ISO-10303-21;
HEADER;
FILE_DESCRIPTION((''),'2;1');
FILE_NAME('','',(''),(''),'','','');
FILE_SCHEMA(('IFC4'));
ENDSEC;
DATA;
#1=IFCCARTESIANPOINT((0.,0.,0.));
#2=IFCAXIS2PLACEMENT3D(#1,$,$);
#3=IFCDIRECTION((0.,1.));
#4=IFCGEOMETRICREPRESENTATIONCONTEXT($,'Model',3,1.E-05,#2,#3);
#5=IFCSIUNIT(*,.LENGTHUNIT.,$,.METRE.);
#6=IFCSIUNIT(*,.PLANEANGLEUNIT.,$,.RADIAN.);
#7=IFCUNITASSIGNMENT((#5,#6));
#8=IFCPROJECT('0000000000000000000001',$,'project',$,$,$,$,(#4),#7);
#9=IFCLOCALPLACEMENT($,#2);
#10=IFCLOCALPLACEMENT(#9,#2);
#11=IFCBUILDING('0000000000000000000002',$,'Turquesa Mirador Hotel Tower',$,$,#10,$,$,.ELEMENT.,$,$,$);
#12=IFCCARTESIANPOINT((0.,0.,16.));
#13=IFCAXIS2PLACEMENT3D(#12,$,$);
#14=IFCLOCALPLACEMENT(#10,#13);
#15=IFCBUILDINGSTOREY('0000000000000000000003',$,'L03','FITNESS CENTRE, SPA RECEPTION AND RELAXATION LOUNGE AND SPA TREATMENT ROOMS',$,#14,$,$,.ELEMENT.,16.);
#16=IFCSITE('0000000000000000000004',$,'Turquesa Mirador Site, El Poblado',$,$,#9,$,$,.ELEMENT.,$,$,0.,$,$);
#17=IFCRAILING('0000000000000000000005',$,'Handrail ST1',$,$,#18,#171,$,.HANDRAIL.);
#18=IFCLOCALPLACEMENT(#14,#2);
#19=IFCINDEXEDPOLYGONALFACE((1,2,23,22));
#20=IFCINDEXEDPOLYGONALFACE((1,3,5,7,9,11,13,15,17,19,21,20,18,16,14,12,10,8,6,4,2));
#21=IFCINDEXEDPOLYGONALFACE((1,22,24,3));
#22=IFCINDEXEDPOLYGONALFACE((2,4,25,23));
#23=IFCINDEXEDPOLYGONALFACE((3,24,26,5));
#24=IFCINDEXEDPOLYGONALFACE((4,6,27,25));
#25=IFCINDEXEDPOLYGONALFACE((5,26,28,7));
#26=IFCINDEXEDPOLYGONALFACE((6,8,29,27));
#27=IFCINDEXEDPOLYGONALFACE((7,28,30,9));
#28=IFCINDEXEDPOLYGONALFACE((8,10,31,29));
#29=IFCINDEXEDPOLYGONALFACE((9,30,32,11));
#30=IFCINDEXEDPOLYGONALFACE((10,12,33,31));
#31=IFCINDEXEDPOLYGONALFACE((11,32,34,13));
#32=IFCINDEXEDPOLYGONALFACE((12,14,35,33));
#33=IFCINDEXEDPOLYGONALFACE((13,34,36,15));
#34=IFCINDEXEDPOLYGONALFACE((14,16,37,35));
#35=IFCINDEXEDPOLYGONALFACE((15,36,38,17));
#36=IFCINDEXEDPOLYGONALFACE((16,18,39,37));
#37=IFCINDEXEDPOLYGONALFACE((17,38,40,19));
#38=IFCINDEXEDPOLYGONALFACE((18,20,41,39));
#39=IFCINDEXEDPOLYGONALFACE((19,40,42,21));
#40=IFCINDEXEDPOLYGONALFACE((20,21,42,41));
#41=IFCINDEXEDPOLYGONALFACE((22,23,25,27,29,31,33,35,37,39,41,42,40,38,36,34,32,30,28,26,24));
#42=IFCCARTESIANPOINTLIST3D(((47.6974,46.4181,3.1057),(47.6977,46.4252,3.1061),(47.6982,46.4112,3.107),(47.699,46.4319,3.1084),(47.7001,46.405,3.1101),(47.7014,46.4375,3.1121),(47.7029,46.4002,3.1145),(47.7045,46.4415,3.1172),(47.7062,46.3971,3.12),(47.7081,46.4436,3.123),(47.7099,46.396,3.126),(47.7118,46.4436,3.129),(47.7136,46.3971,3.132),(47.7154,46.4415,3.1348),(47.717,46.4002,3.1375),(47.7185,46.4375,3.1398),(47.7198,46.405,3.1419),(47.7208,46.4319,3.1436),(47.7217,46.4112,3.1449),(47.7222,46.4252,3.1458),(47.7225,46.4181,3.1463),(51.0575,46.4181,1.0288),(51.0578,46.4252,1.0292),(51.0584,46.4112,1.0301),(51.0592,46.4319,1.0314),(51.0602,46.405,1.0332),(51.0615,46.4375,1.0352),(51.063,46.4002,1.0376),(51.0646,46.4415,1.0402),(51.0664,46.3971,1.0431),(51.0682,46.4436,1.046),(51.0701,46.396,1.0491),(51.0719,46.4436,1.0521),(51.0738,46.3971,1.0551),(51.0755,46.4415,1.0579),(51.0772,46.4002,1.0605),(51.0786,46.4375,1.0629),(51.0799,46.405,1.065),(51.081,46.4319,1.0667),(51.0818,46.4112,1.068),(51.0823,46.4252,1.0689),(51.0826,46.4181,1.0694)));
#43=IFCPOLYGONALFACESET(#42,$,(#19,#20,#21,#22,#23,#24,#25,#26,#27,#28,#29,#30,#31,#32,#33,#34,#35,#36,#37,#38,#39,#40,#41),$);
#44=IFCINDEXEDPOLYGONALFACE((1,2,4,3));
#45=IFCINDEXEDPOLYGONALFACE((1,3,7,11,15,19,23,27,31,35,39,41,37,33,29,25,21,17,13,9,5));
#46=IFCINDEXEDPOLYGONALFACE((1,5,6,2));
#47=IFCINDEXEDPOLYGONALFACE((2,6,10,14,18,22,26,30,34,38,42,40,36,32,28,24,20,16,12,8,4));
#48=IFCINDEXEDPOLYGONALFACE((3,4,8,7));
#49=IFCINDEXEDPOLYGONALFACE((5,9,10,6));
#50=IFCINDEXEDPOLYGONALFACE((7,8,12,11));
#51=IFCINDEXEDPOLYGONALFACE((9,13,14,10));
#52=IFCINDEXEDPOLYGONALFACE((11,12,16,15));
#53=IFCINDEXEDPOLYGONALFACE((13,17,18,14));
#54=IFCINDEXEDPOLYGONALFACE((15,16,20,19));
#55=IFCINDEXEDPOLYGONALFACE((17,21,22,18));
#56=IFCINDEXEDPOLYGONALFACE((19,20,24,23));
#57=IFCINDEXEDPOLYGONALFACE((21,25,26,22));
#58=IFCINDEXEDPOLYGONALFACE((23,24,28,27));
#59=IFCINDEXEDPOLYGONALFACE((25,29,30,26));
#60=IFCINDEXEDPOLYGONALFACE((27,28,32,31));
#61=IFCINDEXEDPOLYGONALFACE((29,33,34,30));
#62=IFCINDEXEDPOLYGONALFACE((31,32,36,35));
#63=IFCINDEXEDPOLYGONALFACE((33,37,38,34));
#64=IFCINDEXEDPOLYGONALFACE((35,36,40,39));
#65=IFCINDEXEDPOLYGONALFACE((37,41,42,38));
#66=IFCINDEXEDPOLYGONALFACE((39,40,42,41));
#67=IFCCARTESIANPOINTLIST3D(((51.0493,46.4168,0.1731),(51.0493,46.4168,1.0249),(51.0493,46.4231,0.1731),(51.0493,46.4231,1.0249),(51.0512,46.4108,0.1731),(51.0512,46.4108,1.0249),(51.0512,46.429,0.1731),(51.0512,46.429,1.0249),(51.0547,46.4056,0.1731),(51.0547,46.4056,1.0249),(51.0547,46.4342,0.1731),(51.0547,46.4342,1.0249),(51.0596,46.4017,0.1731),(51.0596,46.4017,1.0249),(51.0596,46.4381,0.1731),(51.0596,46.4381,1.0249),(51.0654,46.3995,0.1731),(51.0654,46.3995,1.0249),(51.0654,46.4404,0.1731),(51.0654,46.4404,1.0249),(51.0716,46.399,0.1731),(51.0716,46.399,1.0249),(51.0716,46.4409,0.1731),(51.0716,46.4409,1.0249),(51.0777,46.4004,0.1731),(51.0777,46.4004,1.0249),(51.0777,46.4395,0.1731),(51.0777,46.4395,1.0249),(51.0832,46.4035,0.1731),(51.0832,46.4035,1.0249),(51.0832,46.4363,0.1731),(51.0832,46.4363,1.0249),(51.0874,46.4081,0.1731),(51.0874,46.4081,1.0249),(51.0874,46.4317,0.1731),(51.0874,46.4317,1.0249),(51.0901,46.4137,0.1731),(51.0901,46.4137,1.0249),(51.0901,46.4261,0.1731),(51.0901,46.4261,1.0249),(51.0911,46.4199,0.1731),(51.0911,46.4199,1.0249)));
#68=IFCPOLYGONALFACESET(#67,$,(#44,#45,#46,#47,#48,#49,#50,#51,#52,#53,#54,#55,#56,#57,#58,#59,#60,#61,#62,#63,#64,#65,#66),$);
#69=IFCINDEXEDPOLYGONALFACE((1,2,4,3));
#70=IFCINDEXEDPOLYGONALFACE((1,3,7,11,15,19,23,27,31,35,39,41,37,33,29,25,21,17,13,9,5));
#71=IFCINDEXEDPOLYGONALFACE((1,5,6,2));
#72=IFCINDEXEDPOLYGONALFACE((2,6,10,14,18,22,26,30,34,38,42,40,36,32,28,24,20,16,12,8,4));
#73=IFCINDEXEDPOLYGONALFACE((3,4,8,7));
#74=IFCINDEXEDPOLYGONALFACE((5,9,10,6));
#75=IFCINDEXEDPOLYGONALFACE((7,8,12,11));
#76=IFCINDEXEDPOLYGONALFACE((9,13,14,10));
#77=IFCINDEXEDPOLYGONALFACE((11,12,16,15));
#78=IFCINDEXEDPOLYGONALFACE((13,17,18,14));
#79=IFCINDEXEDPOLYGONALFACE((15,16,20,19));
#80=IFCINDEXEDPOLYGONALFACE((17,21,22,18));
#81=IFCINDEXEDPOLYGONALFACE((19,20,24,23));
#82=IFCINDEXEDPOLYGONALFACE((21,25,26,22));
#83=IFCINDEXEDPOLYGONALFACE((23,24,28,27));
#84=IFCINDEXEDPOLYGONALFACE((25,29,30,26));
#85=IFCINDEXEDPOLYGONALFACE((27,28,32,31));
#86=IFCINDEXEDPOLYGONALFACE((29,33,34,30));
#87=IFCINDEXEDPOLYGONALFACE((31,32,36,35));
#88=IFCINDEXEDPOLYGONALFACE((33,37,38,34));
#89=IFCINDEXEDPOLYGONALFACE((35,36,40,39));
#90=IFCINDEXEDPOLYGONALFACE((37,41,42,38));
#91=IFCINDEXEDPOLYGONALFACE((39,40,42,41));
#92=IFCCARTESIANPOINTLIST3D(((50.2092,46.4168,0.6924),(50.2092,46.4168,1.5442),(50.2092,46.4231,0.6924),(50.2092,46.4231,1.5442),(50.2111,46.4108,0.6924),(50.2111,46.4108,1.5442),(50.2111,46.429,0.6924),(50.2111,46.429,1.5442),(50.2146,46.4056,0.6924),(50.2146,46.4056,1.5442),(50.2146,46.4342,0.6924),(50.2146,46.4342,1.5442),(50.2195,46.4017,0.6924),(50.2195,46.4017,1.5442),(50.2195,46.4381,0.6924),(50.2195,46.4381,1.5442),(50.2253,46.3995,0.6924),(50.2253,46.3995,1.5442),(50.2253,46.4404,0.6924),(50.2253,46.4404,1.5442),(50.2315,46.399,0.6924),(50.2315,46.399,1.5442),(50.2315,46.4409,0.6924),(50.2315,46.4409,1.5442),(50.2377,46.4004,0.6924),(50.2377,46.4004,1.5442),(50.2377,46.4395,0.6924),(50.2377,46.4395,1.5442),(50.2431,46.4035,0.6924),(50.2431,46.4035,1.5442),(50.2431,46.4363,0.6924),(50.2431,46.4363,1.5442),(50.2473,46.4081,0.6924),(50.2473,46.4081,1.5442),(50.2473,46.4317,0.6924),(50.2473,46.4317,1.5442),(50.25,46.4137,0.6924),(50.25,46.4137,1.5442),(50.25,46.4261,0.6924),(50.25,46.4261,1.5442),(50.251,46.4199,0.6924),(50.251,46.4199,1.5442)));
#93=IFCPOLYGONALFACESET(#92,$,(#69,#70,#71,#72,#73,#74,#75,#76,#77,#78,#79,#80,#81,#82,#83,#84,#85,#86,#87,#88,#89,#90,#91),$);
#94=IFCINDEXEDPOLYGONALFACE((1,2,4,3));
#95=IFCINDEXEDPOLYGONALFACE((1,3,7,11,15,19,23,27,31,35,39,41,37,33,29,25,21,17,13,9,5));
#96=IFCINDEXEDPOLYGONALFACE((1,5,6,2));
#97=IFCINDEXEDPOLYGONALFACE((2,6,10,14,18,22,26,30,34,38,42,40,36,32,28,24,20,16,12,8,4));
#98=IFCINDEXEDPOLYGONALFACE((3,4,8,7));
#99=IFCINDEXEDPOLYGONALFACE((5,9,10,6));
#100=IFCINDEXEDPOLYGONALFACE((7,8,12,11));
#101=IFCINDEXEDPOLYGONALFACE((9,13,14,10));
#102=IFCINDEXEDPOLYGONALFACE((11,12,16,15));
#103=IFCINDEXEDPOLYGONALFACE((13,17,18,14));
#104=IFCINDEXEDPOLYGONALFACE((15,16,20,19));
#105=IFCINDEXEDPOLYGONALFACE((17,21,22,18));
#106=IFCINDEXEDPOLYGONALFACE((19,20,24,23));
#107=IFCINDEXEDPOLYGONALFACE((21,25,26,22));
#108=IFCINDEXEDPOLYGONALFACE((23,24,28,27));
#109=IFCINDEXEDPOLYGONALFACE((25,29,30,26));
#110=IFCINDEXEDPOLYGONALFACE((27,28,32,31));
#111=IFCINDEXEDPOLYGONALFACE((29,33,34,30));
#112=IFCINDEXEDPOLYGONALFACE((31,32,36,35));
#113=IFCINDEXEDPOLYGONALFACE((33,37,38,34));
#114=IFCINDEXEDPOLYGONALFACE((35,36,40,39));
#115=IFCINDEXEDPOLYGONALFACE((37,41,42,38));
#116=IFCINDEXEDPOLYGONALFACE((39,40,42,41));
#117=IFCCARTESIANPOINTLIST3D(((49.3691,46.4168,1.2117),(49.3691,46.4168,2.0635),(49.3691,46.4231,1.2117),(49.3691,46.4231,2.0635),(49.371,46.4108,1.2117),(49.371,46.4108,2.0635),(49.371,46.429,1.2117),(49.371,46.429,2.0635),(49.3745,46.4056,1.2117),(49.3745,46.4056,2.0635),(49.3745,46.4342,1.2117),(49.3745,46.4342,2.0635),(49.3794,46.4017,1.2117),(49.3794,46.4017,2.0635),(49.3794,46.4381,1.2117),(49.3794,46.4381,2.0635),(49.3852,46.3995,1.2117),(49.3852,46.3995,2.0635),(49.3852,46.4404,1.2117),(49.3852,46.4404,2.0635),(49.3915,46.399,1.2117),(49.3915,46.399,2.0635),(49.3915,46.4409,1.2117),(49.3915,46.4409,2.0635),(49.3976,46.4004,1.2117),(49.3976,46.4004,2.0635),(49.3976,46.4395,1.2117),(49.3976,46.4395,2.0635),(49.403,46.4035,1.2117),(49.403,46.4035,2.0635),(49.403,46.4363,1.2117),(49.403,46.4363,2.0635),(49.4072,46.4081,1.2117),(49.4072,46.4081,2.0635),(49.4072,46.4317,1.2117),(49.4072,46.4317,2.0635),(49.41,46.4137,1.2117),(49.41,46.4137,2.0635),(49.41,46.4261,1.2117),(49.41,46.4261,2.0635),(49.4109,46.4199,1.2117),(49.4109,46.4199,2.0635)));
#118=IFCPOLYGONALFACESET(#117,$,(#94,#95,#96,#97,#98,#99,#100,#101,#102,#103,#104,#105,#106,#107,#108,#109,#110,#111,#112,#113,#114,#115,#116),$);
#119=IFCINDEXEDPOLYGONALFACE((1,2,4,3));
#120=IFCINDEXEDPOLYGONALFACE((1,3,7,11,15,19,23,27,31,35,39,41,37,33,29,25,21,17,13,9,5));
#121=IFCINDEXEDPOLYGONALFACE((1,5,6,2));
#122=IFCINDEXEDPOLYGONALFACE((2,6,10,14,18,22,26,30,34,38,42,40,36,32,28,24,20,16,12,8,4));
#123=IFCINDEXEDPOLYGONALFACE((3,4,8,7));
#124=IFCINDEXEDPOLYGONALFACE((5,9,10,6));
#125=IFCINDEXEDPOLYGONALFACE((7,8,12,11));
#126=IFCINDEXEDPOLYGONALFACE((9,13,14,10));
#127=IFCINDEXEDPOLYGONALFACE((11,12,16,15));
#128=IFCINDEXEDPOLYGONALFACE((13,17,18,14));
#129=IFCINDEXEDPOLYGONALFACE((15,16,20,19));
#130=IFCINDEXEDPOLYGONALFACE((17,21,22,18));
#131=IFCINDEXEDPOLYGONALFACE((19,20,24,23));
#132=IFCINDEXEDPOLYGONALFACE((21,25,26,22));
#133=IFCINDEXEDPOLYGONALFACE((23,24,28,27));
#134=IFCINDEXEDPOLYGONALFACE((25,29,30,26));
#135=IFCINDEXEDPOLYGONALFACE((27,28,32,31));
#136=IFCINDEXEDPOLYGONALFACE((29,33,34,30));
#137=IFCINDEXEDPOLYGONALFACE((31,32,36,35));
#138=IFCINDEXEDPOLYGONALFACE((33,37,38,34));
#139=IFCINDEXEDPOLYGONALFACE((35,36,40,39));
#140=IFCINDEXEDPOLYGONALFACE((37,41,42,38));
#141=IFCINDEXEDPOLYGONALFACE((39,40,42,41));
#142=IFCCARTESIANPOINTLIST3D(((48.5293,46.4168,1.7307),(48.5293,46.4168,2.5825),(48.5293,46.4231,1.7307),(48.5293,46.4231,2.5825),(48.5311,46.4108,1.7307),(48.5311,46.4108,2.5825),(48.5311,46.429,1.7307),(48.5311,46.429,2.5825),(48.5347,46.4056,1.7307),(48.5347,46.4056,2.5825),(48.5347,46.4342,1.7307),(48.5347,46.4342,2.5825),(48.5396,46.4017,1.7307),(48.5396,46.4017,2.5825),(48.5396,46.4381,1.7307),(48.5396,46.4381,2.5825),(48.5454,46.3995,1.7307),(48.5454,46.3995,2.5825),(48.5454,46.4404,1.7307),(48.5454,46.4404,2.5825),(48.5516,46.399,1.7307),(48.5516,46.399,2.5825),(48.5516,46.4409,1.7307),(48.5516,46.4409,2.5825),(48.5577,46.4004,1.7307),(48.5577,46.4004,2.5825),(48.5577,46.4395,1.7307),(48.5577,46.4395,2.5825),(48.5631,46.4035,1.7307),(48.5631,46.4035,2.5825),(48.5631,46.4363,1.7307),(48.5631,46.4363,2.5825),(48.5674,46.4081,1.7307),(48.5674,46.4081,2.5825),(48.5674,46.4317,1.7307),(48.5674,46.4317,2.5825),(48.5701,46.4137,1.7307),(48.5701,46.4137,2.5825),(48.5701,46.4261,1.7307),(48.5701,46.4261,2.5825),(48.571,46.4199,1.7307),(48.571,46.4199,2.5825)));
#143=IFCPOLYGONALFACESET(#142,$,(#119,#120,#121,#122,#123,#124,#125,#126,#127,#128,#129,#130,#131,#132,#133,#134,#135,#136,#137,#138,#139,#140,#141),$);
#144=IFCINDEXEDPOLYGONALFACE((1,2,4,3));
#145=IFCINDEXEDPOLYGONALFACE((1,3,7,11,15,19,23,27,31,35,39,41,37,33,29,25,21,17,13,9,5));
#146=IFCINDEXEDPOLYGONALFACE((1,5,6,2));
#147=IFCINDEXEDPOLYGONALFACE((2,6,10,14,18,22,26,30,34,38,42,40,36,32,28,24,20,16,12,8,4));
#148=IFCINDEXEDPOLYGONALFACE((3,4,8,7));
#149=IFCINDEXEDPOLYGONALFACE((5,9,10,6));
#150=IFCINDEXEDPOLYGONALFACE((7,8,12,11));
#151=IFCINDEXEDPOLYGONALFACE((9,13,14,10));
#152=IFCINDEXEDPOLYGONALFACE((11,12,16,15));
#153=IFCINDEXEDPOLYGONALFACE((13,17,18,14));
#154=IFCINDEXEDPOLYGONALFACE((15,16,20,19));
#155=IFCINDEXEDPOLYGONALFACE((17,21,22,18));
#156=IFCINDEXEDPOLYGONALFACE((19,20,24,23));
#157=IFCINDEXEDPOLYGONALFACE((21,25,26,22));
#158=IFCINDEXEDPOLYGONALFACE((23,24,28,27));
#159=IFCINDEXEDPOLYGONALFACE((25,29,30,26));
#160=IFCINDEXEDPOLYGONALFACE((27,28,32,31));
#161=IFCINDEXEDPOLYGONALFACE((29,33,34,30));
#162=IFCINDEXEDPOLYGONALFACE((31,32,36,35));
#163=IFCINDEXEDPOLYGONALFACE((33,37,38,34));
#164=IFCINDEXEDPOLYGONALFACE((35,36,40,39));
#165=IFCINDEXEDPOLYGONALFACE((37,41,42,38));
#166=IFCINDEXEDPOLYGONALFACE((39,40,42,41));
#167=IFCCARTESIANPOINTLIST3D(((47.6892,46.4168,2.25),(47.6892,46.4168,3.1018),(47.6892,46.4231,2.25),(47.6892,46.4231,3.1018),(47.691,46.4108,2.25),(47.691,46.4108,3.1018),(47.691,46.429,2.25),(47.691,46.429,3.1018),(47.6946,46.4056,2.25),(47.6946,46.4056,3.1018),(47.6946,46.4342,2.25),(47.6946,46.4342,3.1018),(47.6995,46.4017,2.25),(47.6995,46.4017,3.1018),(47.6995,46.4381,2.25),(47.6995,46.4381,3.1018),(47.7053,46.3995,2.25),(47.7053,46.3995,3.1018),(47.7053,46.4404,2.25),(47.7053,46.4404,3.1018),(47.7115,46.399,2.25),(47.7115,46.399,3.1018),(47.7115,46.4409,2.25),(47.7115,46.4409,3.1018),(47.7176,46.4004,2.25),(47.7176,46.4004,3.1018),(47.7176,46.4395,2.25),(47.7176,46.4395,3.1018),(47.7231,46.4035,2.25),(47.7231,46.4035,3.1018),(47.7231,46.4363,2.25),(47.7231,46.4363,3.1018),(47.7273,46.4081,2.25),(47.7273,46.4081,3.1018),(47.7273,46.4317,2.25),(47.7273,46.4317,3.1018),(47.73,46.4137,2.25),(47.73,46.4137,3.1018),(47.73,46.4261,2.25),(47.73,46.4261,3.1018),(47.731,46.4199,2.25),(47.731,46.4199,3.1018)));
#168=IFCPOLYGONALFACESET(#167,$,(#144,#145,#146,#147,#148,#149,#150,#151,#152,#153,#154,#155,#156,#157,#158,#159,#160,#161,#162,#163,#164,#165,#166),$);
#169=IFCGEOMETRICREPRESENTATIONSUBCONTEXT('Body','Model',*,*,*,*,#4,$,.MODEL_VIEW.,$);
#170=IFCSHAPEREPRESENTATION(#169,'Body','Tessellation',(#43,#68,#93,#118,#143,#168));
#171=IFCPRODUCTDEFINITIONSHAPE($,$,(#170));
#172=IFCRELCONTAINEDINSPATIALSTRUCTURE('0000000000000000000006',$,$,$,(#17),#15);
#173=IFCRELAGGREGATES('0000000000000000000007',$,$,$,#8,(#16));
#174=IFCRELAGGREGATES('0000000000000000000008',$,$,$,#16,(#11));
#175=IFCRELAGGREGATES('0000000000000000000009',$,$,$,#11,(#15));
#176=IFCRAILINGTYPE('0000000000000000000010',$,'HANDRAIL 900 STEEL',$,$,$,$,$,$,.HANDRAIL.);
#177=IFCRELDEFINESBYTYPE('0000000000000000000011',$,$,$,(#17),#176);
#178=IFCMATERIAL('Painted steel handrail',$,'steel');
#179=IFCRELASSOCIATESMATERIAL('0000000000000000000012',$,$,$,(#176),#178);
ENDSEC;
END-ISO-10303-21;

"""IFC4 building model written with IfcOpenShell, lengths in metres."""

from ifc_helpers import new_model, si_unit, direction, frame, origin, origin_2d, place, context, subcontext, project, spatial, circle, extrude, material, type_object, element, save


model = new_model("IFC4")

# Units and contexts
model_context = context("Model", 3, precision=1e-05, world=origin(), true_north=direction((0.0, 1.0)))
body_context = subcontext(model_context, "Body", "Model", "MODEL_VIEW")
ifc_project = project(units=[si_unit("LENGTHUNIT", "METRE"), si_unit("PLANEANGLEUNIT", "RADIAN")], contexts=[model_context])

# Site, building, storey
site_placement = place(None, origin())
site = spatial("IfcSite", under=ifc_project, at=site_placement, Name="Turquesa Mirador Site, El Poblado", CompositionType="ELEMENT", RefElevation=0.0)
building_placement = place(site_placement, origin())
building = spatial("IfcBuilding", under=site, at=building_placement, Name="Turquesa Mirador Hotel Tower", CompositionType="ELEMENT")
storey_placement = place(building_placement, frame((0.0, 0.0, 16.0)))
storey = spatial("IfcBuildingStorey", under=building, at=storey_placement, Name="L03", Description="FITNESS CENTRE, SPA RECEPTION AND RELAXATION LOUNGE AND SPA TREATMENT ROOMS", CompositionType="ELEMENT", Elevation=16.0)

# Railing
ifc_material_1 = material(Name="Painted steel handrail", Category="steel")
railing_type = type_object("IfcRailingType", Name="HANDRAIL 900 STEEL", PredefinedType="HANDRAIL", material=ifc_material_1)
for number, where, name in (
    (1, (51.0701, 46.4199, 0.1731), "Handrail ST1"),
):
    element("IfcRailing", number, at=place(storey_placement, frame(where)), inside=storey, type_object=railing_type, Name=name, PredefinedType="HANDRAIL", context=body_context, shape_type="SweptSolid", body=[
        extrude(circle(Radius=0.0239, at=origin_2d()), frame((0.0, 0.0, 0.876), z_axis=(-0.850623, 0.0, 0.525776), x_axis=(0.0, -1.0, 0.0)), (0.0, 0.0, 1.0), 3.9502),
        extrude(circle(Radius=0.021, at=origin_2d()), origin(), (0.0, 0.0, 1.0), 0.8518),
        extrude(circle(Radius=0.021, at=origin_2d()), frame((-0.8401, 0.0, 0.5193)), (0.0, 0.0, 1.0), 0.8518),
        extrude(circle(Radius=0.021, at=origin_2d()), frame((-1.6802, 0.0, 1.0386)), (0.0, 0.0, 1.0), 0.8518),
        extrude(circle(Radius=0.021, at=origin_2d()), frame((-2.52, 0.0, 1.5576)), (0.0, 0.0, 1.0), 0.8518),
        extrude(circle(Radius=0.021, at=origin_2d()), frame((-3.3601, 0.0, 2.0769)), (0.0, 0.0, 1.0), 0.8518),
    ])

save(model, "model.ifc")
